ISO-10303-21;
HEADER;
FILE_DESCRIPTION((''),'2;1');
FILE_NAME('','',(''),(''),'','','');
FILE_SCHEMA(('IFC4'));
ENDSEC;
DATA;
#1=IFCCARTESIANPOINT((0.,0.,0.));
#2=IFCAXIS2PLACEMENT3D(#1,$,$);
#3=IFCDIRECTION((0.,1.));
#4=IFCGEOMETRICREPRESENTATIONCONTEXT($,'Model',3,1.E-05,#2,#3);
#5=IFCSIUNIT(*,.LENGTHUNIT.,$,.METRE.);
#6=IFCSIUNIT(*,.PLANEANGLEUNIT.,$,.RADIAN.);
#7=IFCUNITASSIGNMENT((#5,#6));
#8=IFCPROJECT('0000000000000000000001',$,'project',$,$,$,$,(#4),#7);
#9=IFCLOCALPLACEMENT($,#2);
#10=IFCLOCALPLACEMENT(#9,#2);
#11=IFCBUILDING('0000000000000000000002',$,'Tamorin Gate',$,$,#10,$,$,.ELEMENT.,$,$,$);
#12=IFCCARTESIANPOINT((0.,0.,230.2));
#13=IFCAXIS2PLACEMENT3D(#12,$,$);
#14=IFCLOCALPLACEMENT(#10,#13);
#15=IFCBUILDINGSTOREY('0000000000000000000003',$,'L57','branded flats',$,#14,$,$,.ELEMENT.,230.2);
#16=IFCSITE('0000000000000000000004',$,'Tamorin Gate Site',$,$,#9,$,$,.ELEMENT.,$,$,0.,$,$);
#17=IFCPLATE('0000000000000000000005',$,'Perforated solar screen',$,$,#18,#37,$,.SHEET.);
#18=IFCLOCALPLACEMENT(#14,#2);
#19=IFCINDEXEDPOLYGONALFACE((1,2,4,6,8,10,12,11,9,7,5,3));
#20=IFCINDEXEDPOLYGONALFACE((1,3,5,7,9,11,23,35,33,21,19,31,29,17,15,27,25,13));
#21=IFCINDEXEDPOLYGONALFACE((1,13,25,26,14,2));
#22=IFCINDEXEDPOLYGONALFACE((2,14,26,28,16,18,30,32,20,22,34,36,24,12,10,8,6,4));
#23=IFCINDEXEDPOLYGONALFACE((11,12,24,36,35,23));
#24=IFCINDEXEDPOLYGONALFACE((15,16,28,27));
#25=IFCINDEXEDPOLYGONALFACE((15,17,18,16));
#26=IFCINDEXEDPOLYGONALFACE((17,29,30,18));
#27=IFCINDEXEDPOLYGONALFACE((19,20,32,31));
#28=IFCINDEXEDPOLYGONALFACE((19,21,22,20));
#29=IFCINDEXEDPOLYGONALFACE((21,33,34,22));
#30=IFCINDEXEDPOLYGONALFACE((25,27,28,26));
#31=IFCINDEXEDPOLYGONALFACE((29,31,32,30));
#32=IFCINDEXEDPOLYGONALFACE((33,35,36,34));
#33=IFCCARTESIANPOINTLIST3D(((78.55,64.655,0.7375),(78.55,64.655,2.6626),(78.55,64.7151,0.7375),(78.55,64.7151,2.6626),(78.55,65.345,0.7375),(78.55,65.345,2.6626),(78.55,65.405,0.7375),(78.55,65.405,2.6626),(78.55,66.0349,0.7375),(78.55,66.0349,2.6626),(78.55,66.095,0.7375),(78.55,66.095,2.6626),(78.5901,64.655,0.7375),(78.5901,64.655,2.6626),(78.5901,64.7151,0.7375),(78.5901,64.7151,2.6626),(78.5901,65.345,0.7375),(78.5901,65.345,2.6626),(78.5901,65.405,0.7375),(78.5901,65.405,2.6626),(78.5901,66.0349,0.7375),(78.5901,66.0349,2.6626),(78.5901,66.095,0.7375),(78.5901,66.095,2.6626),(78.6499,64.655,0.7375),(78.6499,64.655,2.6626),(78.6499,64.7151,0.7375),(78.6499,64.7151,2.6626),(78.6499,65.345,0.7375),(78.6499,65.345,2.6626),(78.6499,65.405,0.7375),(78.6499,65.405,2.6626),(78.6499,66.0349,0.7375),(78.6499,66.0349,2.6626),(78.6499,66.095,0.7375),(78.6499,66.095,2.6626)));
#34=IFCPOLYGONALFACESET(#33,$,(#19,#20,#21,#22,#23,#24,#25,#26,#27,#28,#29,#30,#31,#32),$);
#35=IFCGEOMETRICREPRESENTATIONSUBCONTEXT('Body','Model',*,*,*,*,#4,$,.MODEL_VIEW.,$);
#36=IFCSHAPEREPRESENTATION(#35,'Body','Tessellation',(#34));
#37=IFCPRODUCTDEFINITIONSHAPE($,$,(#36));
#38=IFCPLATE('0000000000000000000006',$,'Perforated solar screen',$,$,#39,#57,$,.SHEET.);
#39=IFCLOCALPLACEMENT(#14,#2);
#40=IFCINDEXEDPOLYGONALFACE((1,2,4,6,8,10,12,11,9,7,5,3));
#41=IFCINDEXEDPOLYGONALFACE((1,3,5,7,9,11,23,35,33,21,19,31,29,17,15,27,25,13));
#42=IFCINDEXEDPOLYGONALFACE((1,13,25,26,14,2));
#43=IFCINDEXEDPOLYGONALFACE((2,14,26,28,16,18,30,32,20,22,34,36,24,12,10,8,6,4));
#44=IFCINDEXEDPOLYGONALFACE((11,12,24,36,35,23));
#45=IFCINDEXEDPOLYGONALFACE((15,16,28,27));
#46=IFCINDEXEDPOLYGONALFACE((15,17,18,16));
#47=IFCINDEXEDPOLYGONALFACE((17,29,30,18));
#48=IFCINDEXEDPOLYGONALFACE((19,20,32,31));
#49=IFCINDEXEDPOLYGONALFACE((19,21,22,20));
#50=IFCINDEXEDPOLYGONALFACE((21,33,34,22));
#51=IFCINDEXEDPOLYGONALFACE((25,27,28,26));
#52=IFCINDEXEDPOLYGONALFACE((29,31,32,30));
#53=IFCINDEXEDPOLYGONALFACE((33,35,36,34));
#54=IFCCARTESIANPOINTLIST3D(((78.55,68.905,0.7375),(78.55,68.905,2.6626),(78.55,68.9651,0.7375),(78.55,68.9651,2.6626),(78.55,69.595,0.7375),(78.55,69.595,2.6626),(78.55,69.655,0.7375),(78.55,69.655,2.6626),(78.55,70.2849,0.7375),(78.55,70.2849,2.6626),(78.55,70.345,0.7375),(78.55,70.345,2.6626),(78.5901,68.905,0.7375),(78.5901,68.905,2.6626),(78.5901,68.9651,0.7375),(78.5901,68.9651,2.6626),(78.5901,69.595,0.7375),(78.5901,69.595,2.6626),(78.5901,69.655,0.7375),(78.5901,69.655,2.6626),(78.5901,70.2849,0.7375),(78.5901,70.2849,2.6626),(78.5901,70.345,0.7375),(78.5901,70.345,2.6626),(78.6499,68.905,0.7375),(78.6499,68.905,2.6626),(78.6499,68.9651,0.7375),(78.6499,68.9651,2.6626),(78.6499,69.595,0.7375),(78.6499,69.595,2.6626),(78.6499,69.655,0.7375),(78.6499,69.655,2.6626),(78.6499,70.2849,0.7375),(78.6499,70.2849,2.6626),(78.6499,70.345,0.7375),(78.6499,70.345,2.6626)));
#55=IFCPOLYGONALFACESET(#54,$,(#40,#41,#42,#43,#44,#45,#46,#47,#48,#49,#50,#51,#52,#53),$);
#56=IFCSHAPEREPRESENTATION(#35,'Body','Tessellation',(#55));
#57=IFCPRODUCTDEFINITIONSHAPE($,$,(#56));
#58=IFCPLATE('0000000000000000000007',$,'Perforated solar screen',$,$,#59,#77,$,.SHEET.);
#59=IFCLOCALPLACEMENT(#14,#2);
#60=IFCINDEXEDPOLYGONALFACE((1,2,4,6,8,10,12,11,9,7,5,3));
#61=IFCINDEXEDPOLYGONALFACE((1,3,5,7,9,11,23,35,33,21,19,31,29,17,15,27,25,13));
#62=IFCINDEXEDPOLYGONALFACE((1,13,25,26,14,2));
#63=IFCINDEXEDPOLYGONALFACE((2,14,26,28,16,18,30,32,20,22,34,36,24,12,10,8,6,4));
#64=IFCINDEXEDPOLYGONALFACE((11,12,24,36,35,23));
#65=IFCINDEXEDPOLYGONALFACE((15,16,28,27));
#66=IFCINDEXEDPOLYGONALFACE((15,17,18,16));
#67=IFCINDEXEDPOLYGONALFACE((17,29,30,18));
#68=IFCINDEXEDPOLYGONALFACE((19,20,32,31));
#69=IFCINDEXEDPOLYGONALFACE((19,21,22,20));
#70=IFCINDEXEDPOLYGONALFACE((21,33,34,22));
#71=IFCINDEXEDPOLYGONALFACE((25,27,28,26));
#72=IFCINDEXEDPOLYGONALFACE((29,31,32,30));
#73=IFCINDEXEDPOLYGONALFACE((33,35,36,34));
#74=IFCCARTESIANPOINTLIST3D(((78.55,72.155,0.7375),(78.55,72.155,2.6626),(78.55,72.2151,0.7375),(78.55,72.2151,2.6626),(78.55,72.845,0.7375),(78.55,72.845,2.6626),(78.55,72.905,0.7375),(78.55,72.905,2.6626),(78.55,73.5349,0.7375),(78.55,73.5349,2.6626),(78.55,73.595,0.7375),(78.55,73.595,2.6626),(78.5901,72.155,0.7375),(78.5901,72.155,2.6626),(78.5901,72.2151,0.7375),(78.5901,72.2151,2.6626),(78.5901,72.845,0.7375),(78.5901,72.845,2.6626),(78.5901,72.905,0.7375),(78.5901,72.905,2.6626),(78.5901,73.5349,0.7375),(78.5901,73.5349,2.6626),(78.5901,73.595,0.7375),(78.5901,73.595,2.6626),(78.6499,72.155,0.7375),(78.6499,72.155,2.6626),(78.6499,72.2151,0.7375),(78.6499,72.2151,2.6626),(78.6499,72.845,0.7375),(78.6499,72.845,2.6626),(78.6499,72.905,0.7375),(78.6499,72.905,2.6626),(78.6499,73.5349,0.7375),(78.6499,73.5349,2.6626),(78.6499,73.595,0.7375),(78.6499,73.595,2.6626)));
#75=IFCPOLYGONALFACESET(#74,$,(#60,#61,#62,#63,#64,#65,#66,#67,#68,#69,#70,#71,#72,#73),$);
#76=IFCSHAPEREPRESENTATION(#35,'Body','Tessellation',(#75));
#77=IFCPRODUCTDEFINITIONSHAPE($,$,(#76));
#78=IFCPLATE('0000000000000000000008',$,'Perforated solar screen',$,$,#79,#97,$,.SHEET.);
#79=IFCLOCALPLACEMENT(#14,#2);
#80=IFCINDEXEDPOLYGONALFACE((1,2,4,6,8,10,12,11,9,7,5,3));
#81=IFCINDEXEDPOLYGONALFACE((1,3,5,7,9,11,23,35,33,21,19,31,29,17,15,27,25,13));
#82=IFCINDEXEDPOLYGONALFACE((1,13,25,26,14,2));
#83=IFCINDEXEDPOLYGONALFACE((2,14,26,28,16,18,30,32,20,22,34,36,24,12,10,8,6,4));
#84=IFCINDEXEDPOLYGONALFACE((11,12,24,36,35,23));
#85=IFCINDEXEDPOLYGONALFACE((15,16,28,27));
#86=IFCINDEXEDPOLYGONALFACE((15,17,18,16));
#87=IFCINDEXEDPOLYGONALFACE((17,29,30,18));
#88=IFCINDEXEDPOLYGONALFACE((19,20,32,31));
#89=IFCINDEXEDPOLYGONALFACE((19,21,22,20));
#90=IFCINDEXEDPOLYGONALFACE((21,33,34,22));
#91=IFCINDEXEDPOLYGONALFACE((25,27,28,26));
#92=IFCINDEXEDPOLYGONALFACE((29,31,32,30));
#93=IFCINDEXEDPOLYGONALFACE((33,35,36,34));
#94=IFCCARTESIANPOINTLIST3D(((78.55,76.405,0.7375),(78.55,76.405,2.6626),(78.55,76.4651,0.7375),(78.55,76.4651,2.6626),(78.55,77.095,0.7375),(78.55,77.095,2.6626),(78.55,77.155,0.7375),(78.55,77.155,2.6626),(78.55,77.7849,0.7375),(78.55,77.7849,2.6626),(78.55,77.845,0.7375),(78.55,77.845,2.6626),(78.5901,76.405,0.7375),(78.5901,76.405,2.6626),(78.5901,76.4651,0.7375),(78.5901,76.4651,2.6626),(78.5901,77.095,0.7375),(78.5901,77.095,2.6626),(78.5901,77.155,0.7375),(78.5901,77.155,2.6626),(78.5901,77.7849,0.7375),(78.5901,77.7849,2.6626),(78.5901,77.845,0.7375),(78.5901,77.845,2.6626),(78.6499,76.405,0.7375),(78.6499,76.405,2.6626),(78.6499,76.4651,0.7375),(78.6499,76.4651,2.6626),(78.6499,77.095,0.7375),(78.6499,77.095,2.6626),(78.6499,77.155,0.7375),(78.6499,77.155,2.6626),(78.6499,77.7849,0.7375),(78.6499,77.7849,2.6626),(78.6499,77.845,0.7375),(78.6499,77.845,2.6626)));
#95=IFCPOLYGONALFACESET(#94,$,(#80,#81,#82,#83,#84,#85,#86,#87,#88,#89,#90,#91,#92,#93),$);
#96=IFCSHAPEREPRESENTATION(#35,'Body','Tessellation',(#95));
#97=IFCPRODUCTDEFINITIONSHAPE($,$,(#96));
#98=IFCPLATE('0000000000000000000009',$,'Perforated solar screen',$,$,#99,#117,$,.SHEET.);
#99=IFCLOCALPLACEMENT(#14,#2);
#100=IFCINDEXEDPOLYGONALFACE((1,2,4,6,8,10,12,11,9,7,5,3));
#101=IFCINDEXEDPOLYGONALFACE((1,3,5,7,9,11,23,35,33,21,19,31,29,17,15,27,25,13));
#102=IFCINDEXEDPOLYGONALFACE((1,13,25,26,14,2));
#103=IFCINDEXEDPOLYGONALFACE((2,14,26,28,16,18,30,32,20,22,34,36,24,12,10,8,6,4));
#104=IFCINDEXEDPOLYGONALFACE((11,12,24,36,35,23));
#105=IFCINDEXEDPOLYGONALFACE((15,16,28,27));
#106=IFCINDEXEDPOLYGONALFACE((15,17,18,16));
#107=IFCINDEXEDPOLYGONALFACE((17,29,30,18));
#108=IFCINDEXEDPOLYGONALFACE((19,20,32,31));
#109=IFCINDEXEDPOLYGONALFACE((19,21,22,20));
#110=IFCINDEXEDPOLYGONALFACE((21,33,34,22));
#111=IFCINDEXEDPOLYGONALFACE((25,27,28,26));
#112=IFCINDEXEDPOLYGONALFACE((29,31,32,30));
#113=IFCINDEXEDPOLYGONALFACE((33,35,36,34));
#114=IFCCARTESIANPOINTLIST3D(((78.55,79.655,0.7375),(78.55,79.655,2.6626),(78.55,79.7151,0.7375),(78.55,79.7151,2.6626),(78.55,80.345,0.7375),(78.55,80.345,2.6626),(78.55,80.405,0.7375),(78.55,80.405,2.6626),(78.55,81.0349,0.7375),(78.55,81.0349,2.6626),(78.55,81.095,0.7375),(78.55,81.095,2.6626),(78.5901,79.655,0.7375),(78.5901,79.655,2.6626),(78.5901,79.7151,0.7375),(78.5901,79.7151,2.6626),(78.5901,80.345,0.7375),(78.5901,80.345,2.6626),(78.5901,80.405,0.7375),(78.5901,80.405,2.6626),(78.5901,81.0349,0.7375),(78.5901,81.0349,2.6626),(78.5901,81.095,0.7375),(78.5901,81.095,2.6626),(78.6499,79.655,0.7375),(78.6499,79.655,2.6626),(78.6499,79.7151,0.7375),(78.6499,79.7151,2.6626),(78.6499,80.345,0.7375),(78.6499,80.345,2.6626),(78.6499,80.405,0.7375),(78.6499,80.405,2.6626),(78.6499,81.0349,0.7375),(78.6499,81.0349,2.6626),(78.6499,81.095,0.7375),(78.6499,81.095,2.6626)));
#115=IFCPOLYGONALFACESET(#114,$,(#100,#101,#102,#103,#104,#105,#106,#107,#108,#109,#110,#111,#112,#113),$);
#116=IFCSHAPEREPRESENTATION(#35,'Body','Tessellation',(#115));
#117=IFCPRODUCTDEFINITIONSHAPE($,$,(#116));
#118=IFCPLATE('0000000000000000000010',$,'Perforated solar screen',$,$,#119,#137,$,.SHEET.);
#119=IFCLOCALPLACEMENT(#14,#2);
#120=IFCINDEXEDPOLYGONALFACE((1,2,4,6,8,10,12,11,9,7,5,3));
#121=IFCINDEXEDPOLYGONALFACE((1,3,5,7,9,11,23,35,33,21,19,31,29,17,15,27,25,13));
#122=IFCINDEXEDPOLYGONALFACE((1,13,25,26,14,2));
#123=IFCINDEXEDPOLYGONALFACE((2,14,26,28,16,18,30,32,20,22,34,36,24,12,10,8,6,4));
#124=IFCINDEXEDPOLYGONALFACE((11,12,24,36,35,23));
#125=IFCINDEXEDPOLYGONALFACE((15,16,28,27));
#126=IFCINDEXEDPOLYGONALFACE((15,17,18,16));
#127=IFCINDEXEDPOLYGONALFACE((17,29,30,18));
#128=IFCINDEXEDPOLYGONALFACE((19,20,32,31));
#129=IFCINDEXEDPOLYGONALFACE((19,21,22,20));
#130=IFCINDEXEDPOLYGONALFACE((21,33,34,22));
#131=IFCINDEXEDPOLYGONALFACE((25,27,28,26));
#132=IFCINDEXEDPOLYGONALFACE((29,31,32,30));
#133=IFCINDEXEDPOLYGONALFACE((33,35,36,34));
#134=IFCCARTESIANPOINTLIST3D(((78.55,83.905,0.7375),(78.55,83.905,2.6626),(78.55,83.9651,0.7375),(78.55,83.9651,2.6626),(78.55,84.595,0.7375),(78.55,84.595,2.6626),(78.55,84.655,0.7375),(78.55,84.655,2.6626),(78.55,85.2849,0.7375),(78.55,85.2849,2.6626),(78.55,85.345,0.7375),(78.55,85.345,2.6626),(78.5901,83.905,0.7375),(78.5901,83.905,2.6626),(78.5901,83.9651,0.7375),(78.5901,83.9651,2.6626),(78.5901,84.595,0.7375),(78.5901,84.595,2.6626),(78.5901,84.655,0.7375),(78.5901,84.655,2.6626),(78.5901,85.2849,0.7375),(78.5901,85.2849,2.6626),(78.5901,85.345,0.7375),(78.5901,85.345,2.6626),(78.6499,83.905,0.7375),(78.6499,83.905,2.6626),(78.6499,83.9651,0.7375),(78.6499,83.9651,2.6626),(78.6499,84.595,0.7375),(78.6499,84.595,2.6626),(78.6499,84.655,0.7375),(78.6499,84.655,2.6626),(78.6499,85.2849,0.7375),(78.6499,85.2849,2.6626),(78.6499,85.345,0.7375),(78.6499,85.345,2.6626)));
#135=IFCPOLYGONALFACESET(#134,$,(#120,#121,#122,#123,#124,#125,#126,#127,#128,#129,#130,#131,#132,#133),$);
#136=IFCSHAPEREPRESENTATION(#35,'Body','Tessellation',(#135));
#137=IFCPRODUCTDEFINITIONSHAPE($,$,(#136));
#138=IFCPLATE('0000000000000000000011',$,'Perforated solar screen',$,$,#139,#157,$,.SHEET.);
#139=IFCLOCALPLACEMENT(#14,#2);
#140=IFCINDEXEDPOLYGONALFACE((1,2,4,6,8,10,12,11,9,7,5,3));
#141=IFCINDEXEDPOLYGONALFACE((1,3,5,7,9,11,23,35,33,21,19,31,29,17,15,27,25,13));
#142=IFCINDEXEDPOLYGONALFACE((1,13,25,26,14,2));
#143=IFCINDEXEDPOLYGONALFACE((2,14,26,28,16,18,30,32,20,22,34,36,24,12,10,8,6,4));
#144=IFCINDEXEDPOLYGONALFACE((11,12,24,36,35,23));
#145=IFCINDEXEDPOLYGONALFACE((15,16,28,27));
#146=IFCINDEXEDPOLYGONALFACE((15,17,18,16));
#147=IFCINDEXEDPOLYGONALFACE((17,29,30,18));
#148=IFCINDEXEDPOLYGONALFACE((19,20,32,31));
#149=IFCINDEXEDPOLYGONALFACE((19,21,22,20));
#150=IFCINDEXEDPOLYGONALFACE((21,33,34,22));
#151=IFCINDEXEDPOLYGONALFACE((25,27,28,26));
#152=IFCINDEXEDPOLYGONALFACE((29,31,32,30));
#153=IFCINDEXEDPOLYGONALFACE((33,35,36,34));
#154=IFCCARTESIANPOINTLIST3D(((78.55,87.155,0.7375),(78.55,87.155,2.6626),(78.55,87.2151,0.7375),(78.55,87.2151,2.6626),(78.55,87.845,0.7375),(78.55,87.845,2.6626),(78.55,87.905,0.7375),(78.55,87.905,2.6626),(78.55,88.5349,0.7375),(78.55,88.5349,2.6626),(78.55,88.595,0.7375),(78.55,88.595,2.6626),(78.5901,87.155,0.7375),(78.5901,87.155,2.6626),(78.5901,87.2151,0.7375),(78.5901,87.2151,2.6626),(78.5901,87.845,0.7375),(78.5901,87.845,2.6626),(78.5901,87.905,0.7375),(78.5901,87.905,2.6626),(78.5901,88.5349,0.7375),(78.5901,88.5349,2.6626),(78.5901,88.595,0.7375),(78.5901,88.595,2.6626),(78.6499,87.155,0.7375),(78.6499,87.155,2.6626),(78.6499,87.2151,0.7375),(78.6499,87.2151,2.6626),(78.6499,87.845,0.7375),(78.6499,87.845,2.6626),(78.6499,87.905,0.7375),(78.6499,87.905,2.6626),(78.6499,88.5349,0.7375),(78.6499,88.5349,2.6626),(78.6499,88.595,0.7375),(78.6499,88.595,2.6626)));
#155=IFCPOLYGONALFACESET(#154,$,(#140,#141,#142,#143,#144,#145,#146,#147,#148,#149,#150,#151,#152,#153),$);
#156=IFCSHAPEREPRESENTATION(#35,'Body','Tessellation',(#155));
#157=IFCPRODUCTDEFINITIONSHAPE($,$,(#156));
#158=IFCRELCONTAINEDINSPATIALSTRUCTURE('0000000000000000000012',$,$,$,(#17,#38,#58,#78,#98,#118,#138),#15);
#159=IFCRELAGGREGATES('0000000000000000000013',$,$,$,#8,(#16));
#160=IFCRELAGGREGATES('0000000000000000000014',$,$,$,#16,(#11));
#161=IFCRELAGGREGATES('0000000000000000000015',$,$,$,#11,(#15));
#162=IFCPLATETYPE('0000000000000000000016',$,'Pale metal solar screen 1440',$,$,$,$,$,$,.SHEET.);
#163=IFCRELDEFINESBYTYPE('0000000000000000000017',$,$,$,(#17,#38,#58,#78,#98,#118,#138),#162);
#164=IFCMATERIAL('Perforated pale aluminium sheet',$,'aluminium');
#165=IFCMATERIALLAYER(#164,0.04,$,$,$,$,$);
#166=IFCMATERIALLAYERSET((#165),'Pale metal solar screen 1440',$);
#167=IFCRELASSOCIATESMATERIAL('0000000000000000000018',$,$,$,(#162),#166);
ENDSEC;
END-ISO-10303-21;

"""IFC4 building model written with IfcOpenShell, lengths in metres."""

from ifc_helpers import new_model, si_unit, direction, frame, origin, place, context, subcontext, project, spatial, polyline, outline, extrude, material, layer, layer_set, type_object, element, save


model = new_model("IFC4")

# Units and contexts
model_context = context("Model", 3, precision=1e-05, world=origin(), true_north=direction((0.0, 1.0)))
body_context = subcontext(model_context, "Body", "Model", "MODEL_VIEW")
ifc_project = project(units=[si_unit("LENGTHUNIT", "METRE"), si_unit("PLANEANGLEUNIT", "RADIAN")], contexts=[model_context])

# Site, building, storey
site_placement = place(None, origin())
site = spatial("IfcSite", under=ifc_project, at=site_placement, Name="Tamorin Gate Site", CompositionType="ELEMENT", RefElevation=0.0)
building_placement = place(site_placement, origin())
building = spatial("IfcBuilding", under=site, at=building_placement, Name="Tamorin Gate", CompositionType="ELEMENT")
storey_placement = place(building_placement, frame((0.0, 0.0, 230.2)))
storey = spatial("IfcBuildingStorey", under=building, at=storey_placement, Name="L57", Description="branded flats", CompositionType="ELEMENT", Elevation=230.2)

# Plates
ifc_material_1 = material(Name="Perforated pale aluminium sheet", Category="aluminium")
ifc_layer_1 = layer(ifc_material_1, 0.04)
ifc_layer_set_1 = layer_set([ifc_layer_1], Name="Pale metal solar screen 1440")
plate_type = type_object("IfcPlateType", Name="Pale metal solar screen 1440", PredefinedType="SHEET", material=ifc_layer_set_1)
plate_1_placement = place(storey_placement, frame((0.0, 0.0, 0.7375)))
element("IfcPlate", 1, at=plate_1_placement, inside=storey, type_object=plate_type, Name="Perforated solar screen", PredefinedType="SHEET", context=body_context, shape_type="SweptSolid", body=[
    extrude(outline(polyline([(78.5901, 64.655), (78.55, 64.655), (78.55, 64.7151), (78.55, 65.345), (78.55, 65.405), (78.55, 66.0349), (78.55, 66.095), (78.5901, 66.095), (78.6499, 66.095), (78.6499, 66.0349), (78.5901, 66.0349), (78.5901, 65.405), (78.6499, 65.405), (78.6499, 65.345), (78.5901, 65.345), (78.5901, 64.7151), (78.6499, 64.7151), (78.6499, 64.655), (78.5901, 64.655)])), origin(), (0.0, 0.0, 1.0), 1.925),
])
plate_2_placement = place(storey_placement, frame((0.0, 0.0, 0.7375)))
element("IfcPlate", 2, at=plate_2_placement, inside=storey, type_object=plate_type, Name="Perforated solar screen", PredefinedType="SHEET", context=body_context, shape_type="SweptSolid", body=[
    extrude(outline(polyline([(78.5901, 68.905), (78.55, 68.905), (78.55, 68.9651), (78.55, 69.595), (78.55, 69.655), (78.55, 70.2849), (78.55, 70.345), (78.5901, 70.345), (78.6499, 70.345), (78.6499, 70.2849), (78.5901, 70.2849), (78.5901, 69.655), (78.6499, 69.655), (78.6499, 69.595), (78.5901, 69.595), (78.5901, 68.9651), (78.6499, 68.9651), (78.6499, 68.905), (78.5901, 68.905)])), origin(), (0.0, 0.0, 1.0), 1.925),
])
plate_3_placement = place(storey_placement, frame((0.0, 0.0, 0.7375)))
element("IfcPlate", 3, at=plate_3_placement, inside=storey, type_object=plate_type, Name="Perforated solar screen", PredefinedType="SHEET", context=body_context, shape_type="SweptSolid", body=[
    extrude(outline(polyline([(78.5901, 72.155), (78.55, 72.155), (78.55, 72.2151), (78.55, 72.845), (78.55, 72.905), (78.55, 73.5349), (78.55, 73.595), (78.5901, 73.595), (78.6499, 73.595), (78.6499, 73.5349), (78.5901, 73.5349), (78.5901, 72.905), (78.6499, 72.905), (78.6499, 72.845), (78.5901, 72.845), (78.5901, 72.2151), (78.6499, 72.2151), (78.6499, 72.155), (78.5901, 72.155)])), origin(), (0.0, 0.0, 1.0), 1.925),
])
plate_4_placement = place(storey_placement, frame((0.0, 0.0, 0.7375)))
element("IfcPlate", 4, at=plate_4_placement, inside=storey, type_object=plate_type, Name="Perforated solar screen", PredefinedType="SHEET", context=body_context, shape_type="SweptSolid", body=[
    extrude(outline(polyline([(78.5901, 76.405), (78.55, 76.405), (78.55, 76.4651), (78.55, 77.095), (78.55, 77.155), (78.55, 77.7849), (78.55, 77.845), (78.5901, 77.845), (78.6499, 77.845), (78.6499, 77.7849), (78.5901, 77.7849), (78.5901, 77.155), (78.6499, 77.155), (78.6499, 77.095), (78.5901, 77.095), (78.5901, 76.4651), (78.6499, 76.4651), (78.6499, 76.405), (78.5901, 76.405)])), origin(), (0.0, 0.0, 1.0), 1.925),
])
plate_5_placement = place(storey_placement, frame((0.0, 0.0, 0.7375)))
element("IfcPlate", 5, at=plate_5_placement, inside=storey, type_object=plate_type, Name="Perforated solar screen", PredefinedType="SHEET", context=body_context, shape_type="SweptSolid", body=[
    extrude(outline(polyline([(78.5901, 79.655), (78.55, 79.655), (78.55, 79.7151), (78.55, 80.345), (78.55, 80.405), (78.55, 81.0349), (78.55, 81.095), (78.5901, 81.095), (78.6499, 81.095), (78.6499, 81.0349), (78.5901, 81.0349), (78.5901, 80.405), (78.6499, 80.405), (78.6499, 80.345), (78.5901, 80.345), (78.5901, 79.7151), (78.6499, 79.7151), (78.6499, 79.655), (78.5901, 79.655)])), origin(), (0.0, 0.0, 1.0), 1.925),
])
plate_6_placement = place(storey_placement, frame((0.0, 0.0, 0.7375)))
element("IfcPlate", 6, at=plate_6_placement, inside=storey, type_object=plate_type, Name="Perforated solar screen", PredefinedType="SHEET", context=body_context, shape_type="SweptSolid", body=[
    extrude(outline(polyline([(78.5901, 83.905), (78.55, 83.905), (78.55, 83.9651), (78.55, 84.595), (78.55, 84.655), (78.55, 85.2849), (78.55, 85.345), (78.5901, 85.345), (78.6499, 85.345), (78.6499, 85.2849), (78.5901, 85.2849), (78.5901, 84.655), (78.6499, 84.655), (78.6499, 84.595), (78.5901, 84.595), (78.5901, 83.9651), (78.6499, 83.9651), (78.6499, 83.905), (78.5901, 83.905)])), origin(), (0.0, 0.0, 1.0), 1.925),
])
plate_7_placement = place(storey_placement, frame((0.0, 0.0, 0.7375)))
element("IfcPlate", 7, at=plate_7_placement, inside=storey, type_object=plate_type, Name="Perforated solar screen", PredefinedType="SHEET", context=body_context, shape_type="SweptSolid", body=[
    extrude(outline(polyline([(78.5901, 87.155), (78.55, 87.155), (78.55, 87.2151), (78.55, 87.845), (78.55, 87.905), (78.55, 88.5349), (78.55, 88.595), (78.5901, 88.595), (78.6499, 88.595), (78.6499, 88.5349), (78.5901, 88.5349), (78.5901, 87.905), (78.6499, 87.905), (78.6499, 87.845), (78.5901, 87.845), (78.5901, 87.2151), (78.6499, 87.2151), (78.6499, 87.155), (78.5901, 87.155)])), origin(), (0.0, 0.0, 1.0), 1.925),
])

save(model, "model.ifc")
